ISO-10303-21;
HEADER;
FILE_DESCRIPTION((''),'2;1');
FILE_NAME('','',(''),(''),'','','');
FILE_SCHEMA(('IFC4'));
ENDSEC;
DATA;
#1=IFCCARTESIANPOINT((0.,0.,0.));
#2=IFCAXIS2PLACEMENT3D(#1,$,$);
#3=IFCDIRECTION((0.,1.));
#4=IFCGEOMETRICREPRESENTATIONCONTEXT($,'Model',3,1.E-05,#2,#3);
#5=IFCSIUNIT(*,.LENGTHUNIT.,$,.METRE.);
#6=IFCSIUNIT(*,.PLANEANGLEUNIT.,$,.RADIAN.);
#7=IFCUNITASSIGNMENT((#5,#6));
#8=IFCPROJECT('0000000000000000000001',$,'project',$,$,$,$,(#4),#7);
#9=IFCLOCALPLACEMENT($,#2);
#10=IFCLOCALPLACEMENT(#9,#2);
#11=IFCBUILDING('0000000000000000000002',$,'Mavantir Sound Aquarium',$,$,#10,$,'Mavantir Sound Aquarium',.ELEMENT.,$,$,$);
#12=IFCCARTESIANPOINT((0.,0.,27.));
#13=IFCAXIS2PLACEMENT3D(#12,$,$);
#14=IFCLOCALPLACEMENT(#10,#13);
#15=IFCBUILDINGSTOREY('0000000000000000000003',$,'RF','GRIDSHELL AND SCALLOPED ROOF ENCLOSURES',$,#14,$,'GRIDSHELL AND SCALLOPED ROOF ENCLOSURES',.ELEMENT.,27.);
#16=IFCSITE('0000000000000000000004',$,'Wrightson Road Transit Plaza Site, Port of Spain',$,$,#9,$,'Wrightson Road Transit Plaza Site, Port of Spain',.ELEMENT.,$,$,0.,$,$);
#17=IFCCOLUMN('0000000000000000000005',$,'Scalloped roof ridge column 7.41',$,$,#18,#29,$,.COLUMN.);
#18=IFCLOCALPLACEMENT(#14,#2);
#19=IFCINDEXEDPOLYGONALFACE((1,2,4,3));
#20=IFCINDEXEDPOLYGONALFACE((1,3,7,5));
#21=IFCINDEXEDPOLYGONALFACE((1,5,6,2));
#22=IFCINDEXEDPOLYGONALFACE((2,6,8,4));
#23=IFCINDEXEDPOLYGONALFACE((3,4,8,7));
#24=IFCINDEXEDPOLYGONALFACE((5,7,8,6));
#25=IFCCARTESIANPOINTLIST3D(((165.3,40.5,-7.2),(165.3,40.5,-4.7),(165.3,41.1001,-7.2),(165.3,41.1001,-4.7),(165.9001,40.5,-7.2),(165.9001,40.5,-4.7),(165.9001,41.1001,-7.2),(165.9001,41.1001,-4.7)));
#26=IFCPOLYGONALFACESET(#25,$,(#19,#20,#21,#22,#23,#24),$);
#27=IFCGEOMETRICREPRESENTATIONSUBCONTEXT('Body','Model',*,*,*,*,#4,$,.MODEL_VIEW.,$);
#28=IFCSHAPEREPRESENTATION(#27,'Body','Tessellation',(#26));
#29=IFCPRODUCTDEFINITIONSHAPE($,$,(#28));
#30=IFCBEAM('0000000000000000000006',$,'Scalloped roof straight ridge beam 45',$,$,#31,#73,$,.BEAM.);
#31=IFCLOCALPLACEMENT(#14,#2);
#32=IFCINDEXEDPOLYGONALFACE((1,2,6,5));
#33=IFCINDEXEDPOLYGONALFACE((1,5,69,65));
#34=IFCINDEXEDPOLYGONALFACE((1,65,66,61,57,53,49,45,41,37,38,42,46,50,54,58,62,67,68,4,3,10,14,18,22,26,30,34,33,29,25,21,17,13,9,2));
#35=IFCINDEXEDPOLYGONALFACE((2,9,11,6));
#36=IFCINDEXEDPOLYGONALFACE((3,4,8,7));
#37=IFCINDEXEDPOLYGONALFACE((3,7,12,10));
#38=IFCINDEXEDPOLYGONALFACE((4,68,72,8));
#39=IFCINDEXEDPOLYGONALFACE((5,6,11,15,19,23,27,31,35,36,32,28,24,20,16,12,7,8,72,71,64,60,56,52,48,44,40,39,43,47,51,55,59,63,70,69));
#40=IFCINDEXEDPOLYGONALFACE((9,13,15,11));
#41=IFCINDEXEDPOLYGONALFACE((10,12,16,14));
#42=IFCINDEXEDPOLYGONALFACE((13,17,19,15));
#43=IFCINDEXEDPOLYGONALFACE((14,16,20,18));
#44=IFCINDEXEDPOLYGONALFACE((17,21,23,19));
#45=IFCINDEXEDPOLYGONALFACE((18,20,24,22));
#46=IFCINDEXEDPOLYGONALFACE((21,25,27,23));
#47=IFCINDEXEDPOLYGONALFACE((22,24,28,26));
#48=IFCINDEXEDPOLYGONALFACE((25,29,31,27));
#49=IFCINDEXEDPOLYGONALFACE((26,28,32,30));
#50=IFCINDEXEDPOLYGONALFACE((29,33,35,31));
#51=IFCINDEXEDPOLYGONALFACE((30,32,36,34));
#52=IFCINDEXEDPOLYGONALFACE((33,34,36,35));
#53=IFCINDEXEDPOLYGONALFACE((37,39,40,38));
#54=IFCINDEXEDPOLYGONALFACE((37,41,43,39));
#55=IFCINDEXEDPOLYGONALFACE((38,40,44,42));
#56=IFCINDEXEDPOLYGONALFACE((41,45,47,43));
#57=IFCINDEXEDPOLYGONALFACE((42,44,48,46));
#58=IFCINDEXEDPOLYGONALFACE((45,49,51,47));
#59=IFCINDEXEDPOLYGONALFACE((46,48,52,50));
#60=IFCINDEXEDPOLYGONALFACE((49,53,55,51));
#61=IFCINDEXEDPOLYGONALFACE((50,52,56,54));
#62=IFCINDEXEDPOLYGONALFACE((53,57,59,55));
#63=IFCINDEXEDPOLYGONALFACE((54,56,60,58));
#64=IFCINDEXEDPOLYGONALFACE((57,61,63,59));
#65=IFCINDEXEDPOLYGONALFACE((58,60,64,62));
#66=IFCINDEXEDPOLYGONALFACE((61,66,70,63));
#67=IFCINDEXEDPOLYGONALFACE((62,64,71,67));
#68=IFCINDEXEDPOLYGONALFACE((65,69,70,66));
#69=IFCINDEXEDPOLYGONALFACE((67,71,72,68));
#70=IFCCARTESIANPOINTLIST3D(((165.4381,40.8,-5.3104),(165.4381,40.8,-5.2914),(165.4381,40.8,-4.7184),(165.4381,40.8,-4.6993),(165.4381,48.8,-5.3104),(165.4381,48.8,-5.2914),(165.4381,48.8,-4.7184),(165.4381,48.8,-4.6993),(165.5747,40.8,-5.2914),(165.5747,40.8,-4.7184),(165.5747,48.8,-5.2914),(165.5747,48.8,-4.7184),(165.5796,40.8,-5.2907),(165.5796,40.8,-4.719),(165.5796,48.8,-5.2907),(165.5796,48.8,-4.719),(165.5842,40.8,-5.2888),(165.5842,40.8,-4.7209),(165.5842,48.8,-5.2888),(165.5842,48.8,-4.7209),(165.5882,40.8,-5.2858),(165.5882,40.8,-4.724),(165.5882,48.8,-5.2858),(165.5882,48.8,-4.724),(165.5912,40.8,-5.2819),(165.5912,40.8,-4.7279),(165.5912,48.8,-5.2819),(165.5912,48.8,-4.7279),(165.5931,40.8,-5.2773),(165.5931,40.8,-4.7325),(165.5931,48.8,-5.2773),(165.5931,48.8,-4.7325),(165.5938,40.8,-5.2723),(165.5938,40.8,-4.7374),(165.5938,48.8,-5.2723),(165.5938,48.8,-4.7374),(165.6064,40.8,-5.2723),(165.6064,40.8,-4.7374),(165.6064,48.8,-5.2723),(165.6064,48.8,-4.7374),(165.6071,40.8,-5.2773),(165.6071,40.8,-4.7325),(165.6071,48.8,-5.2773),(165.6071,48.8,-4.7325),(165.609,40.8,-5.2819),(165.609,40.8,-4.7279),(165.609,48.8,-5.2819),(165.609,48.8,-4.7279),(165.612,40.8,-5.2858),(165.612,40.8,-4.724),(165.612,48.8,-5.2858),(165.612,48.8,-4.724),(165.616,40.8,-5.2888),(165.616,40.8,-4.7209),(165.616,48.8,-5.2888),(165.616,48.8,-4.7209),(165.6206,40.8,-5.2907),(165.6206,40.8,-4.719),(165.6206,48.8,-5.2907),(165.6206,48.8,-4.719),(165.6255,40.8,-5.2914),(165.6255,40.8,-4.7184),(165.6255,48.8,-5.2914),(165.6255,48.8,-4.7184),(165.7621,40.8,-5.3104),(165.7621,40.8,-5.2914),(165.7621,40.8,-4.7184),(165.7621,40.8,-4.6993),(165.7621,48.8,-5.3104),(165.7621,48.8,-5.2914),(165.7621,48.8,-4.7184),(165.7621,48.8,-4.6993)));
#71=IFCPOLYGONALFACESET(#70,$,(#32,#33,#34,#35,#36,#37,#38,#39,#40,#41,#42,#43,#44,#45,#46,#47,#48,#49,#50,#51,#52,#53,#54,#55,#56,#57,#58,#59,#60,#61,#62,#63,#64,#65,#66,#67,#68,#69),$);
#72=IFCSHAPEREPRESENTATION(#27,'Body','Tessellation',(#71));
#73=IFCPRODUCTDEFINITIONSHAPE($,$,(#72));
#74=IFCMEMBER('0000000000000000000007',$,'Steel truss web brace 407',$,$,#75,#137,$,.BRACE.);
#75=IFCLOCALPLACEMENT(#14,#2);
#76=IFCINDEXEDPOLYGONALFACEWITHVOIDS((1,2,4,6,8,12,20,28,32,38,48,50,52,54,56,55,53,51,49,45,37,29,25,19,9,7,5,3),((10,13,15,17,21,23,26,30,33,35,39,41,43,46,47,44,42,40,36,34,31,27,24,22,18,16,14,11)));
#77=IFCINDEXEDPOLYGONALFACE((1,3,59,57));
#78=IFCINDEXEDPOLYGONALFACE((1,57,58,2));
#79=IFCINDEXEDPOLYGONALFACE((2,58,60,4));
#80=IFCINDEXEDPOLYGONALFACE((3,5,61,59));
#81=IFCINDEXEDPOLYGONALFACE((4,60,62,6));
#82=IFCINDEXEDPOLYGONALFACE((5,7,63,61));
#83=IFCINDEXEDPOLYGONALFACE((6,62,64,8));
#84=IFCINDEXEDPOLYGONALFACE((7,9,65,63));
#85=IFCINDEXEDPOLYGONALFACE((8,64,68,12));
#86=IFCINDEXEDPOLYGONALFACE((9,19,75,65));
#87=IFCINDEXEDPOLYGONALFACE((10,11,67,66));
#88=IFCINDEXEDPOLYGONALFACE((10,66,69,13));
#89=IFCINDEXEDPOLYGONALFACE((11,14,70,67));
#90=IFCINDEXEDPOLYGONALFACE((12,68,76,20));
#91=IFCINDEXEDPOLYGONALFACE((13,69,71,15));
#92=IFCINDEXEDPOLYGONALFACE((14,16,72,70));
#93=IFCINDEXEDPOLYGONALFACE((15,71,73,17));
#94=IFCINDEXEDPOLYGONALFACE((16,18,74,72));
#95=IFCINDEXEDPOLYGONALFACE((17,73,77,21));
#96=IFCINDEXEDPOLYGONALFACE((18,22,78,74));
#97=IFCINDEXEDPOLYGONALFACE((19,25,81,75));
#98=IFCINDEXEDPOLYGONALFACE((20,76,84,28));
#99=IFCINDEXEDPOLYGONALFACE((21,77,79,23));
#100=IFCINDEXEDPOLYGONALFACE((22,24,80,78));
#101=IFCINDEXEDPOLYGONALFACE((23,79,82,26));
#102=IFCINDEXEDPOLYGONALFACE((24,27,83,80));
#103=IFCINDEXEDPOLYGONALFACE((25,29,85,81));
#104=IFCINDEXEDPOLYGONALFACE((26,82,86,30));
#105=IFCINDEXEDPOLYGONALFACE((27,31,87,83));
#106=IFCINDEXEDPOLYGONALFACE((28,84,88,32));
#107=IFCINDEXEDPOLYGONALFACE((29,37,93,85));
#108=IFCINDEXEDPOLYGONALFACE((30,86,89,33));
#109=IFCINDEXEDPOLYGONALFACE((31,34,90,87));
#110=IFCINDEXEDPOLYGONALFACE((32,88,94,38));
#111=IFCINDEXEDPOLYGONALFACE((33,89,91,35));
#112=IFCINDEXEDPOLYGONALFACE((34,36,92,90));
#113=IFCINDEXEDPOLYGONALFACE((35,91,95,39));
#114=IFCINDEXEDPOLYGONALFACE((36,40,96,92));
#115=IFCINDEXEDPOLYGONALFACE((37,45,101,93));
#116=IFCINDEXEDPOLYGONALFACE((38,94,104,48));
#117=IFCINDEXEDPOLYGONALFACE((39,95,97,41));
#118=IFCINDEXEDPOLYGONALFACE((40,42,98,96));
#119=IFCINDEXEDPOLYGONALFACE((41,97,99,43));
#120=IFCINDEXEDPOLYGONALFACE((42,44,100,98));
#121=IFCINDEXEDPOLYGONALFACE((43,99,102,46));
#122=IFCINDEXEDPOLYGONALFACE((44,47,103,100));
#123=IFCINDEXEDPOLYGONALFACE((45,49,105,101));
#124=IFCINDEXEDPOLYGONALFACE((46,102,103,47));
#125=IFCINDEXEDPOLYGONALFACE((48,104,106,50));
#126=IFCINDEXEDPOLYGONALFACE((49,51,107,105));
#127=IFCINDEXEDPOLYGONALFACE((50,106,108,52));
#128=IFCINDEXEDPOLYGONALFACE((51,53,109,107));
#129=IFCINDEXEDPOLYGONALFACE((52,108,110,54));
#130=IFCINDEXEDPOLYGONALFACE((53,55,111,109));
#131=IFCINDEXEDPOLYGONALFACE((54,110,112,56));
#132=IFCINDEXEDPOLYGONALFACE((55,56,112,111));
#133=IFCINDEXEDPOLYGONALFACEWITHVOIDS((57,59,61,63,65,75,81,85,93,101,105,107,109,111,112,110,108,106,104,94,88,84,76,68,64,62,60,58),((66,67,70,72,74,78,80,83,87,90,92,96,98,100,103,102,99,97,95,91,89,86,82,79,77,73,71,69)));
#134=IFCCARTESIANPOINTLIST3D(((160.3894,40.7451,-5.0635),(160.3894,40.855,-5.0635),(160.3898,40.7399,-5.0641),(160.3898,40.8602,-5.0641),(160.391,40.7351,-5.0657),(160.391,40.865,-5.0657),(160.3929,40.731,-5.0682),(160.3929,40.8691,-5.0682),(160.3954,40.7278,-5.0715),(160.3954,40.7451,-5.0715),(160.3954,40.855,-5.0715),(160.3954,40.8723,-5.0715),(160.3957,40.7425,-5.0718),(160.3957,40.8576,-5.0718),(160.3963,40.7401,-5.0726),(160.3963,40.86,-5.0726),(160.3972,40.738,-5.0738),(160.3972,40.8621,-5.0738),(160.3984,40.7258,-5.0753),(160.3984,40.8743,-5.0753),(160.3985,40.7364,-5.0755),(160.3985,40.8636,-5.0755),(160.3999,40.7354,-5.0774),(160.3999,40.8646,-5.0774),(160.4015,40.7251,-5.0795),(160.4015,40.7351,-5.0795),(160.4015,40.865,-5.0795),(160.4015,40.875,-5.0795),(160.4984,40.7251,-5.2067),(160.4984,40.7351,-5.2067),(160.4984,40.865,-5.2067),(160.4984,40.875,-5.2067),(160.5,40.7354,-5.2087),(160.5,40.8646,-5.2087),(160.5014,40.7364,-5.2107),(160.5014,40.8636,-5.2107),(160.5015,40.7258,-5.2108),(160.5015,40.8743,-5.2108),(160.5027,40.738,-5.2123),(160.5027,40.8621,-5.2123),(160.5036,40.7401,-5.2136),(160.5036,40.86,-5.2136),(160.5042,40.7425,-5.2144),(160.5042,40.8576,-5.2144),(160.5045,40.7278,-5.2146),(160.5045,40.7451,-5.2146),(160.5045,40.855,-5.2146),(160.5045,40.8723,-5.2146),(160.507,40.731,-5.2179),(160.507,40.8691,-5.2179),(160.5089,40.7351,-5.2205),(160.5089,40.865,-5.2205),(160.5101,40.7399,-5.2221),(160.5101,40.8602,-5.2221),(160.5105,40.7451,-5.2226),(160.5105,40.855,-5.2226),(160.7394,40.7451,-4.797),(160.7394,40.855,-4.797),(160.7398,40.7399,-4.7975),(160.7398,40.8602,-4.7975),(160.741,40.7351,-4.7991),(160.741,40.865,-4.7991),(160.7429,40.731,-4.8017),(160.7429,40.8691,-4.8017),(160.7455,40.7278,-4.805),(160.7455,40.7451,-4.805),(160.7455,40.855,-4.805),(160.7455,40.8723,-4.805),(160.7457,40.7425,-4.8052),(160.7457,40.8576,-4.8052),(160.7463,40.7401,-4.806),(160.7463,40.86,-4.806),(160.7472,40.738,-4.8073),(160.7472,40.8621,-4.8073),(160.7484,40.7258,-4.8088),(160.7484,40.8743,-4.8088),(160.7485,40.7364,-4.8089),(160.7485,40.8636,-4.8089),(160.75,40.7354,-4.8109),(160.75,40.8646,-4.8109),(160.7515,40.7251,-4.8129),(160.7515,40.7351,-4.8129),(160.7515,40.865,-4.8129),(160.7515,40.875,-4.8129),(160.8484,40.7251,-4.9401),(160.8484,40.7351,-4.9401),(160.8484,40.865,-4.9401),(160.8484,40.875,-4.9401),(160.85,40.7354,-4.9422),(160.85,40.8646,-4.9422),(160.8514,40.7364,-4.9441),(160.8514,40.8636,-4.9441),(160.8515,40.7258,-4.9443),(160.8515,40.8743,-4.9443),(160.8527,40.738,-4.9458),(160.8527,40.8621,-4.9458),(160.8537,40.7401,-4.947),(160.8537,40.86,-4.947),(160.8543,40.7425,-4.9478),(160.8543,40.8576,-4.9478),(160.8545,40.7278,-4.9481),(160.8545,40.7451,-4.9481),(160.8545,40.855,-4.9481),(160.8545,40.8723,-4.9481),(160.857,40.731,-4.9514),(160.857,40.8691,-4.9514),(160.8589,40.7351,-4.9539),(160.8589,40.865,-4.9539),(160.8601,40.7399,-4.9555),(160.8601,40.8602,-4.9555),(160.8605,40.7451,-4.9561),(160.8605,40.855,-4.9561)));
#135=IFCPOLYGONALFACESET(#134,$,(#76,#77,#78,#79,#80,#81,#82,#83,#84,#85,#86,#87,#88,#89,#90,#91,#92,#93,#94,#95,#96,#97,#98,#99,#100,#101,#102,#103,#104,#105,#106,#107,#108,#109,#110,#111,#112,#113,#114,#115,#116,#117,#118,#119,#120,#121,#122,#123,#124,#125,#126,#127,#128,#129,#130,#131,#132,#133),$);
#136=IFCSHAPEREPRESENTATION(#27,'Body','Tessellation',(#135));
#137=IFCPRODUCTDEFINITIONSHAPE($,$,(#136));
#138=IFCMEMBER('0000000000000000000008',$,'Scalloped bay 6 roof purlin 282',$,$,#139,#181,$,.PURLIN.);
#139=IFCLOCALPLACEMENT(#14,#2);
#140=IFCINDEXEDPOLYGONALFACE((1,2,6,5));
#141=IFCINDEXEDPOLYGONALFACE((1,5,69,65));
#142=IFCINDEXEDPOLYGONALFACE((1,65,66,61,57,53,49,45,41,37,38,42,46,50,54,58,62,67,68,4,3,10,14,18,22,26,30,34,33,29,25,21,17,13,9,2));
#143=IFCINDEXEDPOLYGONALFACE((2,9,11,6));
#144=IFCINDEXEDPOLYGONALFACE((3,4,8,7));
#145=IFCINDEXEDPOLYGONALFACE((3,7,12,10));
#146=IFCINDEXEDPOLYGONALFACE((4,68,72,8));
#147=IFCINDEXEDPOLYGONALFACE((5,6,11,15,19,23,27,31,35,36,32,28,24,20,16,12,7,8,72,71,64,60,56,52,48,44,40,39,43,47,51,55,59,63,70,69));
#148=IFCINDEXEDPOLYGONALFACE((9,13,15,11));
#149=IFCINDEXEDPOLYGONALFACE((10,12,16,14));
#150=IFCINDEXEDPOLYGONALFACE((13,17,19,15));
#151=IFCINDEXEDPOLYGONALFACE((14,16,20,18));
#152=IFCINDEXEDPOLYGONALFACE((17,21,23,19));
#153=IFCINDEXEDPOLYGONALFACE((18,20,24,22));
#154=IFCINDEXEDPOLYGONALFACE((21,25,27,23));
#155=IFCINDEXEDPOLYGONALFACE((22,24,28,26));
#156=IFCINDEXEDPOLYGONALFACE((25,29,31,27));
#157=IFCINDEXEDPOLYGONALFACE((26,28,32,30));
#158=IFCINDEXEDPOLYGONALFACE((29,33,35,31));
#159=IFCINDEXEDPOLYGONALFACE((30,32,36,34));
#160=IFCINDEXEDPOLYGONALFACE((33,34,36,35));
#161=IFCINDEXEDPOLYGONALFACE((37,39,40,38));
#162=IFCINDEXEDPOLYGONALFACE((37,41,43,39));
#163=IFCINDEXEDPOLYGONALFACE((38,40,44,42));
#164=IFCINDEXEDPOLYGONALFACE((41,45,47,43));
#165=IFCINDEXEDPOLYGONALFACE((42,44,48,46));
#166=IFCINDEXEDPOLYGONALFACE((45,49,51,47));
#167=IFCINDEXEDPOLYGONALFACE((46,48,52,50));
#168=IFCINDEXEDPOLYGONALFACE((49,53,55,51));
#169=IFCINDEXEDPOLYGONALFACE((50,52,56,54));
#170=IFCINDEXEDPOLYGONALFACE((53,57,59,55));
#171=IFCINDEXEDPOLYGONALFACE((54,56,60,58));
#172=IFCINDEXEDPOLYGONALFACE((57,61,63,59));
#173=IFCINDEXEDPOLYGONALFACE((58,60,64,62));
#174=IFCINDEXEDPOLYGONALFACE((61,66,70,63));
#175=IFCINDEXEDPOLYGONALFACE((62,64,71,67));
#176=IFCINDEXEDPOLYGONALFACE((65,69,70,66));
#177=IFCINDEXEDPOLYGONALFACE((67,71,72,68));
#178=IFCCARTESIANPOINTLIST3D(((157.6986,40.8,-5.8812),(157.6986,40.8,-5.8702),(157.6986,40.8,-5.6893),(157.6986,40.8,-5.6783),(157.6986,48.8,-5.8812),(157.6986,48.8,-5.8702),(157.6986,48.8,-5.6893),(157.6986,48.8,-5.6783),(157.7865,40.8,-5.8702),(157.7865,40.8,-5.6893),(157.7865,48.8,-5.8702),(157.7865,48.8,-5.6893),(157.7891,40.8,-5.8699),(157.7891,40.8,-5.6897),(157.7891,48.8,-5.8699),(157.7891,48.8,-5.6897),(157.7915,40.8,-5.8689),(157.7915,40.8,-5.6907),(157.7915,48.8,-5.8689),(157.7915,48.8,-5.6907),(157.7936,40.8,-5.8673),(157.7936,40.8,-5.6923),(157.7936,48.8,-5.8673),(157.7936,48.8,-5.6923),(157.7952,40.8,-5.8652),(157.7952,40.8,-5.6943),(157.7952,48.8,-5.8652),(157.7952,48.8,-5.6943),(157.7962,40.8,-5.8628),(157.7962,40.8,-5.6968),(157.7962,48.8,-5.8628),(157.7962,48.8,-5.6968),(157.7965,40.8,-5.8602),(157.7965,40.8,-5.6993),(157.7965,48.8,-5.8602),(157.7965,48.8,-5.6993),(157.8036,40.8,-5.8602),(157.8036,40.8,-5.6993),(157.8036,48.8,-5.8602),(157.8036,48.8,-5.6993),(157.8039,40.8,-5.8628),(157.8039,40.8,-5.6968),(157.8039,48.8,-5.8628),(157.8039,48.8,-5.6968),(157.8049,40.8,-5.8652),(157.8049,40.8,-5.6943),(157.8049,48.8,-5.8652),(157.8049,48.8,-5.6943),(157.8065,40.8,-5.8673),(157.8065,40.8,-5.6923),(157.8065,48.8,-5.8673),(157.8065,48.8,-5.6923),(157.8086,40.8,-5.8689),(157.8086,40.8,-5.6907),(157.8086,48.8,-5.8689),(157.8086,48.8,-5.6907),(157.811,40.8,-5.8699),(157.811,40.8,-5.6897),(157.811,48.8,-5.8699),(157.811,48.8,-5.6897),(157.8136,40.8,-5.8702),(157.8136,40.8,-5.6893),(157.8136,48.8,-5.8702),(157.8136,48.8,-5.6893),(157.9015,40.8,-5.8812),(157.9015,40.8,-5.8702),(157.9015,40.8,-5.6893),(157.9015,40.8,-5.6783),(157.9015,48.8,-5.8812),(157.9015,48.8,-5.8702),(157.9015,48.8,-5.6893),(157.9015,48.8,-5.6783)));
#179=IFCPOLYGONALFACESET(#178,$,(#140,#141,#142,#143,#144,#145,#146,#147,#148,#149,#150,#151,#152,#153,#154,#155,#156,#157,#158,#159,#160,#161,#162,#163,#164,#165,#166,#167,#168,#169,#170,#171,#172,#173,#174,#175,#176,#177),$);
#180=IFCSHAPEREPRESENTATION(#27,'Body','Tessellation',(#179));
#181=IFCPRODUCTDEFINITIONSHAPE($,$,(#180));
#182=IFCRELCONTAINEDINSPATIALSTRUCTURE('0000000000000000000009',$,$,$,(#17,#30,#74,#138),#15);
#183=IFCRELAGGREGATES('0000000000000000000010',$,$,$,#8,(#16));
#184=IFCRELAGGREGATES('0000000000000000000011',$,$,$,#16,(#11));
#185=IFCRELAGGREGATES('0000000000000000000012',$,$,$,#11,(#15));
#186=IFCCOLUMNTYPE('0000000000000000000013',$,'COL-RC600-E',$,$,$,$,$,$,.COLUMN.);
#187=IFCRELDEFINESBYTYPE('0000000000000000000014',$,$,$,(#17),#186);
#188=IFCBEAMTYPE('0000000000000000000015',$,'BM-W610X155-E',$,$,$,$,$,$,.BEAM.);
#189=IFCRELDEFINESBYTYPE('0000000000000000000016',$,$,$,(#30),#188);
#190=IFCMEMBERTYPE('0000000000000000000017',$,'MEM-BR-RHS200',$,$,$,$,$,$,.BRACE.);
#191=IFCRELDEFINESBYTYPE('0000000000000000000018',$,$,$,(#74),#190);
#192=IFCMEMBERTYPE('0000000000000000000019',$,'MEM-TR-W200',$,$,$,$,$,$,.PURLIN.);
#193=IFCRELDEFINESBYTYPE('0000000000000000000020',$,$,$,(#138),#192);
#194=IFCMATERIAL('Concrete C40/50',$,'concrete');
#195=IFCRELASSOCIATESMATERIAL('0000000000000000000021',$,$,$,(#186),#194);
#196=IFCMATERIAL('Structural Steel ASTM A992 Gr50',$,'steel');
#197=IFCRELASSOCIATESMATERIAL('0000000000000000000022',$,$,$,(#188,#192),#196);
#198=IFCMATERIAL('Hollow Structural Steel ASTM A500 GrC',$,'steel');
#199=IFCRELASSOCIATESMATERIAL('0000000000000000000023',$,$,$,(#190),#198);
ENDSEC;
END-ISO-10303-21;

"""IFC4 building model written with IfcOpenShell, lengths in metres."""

from ifc_helpers import new_model, si_unit, direction, frame, origin, origin_2d, place, context, subcontext, project, spatial, rectangle, hollow_rectangle, i_section, extrude, material, material_profile, profile_set, type_object, element, save


model = new_model("IFC4")

# Units and contexts
model_context = context("Model", 3, precision=1e-05, world=origin(), true_north=direction((0.0, 1.0)))
body_context = subcontext(model_context, "Body", "Model", "MODEL_VIEW")
ifc_project = project(units=[si_unit("LENGTHUNIT", "METRE"), si_unit("PLANEANGLEUNIT", "RADIAN")], contexts=[model_context])

# Site, building, storey
site_placement = place(None, origin())
site = spatial("IfcSite", under=ifc_project, at=site_placement, Name="Wrightson Road Transit Plaza Site, Port of Spain", LongName="Wrightson Road Transit Plaza Site, Port of Spain", CompositionType="ELEMENT", RefElevation=0.0)
building_placement = place(site_placement, origin())
building = spatial("IfcBuilding", under=site, at=building_placement, Name="Mavantir Sound Aquarium", LongName="Mavantir Sound Aquarium", CompositionType="ELEMENT")
storey_placement = place(building_placement, frame((0.0, 0.0, 27.0)))
storey = spatial("IfcBuildingStorey", under=building, at=storey_placement, Name="RF", Description="GRIDSHELL AND SCALLOPED ROOF ENCLOSURES", LongName="GRIDSHELL AND SCALLOPED ROOF ENCLOSURES", CompositionType="ELEMENT", Elevation=27.0)

# Column
ifc_material_1 = material(Name="Concrete C40/50", Category="concrete")
ifc_material_profile_1 = material_profile(ifc_material_1, rectangle(XDim=0.6001, YDim=0.6001, at=origin_2d()), Name="RC 600X600")
ifc_profile_set_1 = profile_set([ifc_material_profile_1], Name="Concrete C40/50")
column_type = type_object("IfcColumnType", Name="COL-RC600-E", PredefinedType="COLUMN", material=ifc_profile_set_1)
column_placement = place(storey_placement, frame((165.6001, 40.8, -7.2), z_axis=(0.0, 0.0, 1.0), x_axis=(1.0, 0.0, 0.0)))
element("IfcColumn", 1, at=column_placement, inside=storey, type_object=column_type, Name="Scalloped roof ridge column 7.41", PredefinedType="COLUMN", context=body_context, shape_type="SweptSolid", body=[
    extrude(rectangle(XDim=0.6001, YDim=0.6001, at=origin_2d()), origin(), (0.0, 0.0, 1.0), 2.5),
])

# Beam
ifc_material_2 = material(Name="Structural Steel ASTM A992 Gr50", Category="steel")
ifc_material_profile_2 = material_profile(ifc_material_2, i_section(OverallWidth=0.324, OverallDepth=0.6111, WebThickness=0.0127, FlangeThickness=0.019, FilletRadius=0.019, at=origin_2d()), Name="W610X155")
ifc_profile_set_2 = profile_set([ifc_material_profile_2], Name="Structural Steel ASTM A992 Gr50")
beam_type = type_object("IfcBeamType", Name="BM-W610X155-E", PredefinedType="BEAM", material=ifc_profile_set_2)
beam_placement = place(storey_placement, frame((165.6001, 40.8, -5.0049), z_axis=(0.0, 1.0, 0.0), x_axis=(-1.0, 0.0, 0.0)))
element("IfcBeam", 2, at=beam_placement, inside=storey, type_object=beam_type, Name="Scalloped roof straight ridge beam 45", PredefinedType="BEAM", context=body_context, shape_type="SweptSolid", body=[
    extrude(i_section(OverallWidth=0.324, OverallDepth=0.6111, WebThickness=0.0127, FlangeThickness=0.019, FilletRadius=0.019, at=origin_2d()), origin(), (0.0, 0.0, 1.0), 8.0),
])

# Members
ifc_material_3 = material(Name="Hollow Structural Steel ASTM A500 GrC", Category="steel")
ifc_material_profile_3 = material_profile(ifc_material_3, hollow_rectangle(XDim=0.1499, YDim=0.2, WallThickness=0.01, InnerFilletRadius=0.01, OuterFilletRadius=0.02, at=origin_2d()), Name="RHS 200X150X10")
ifc_profile_set_3 = profile_set([ifc_material_profile_3], Name="Hollow Structural Steel ASTM A500 GrC")
member_type_1 = type_object("IfcMemberType", Name="MEM-BR-RHS200", PredefinedType="BRACE", material=ifc_profile_set_3)
member_1_placement = place(storey_placement, frame((160.45, 40.8, -5.1431), z_axis=(0.795585, 0.0, 0.605843), x_axis=(0.0, 1.0, 0.0)))
element("IfcMember", 3, at=member_1_placement, inside=storey, type_object=member_type_1, Name="Steel truss web brace 407", PredefinedType="BRACE", context=body_context, shape_type="SweptSolid", body=[
    extrude(hollow_rectangle(XDim=0.1499, YDim=0.2, WallThickness=0.01, InnerFilletRadius=0.01, OuterFilletRadius=0.02, at=origin_2d()), origin(), (0.0, 0.0, 1.0), 0.4399),
])
ifc_material_profile_4 = material_profile(ifc_material_2, i_section(OverallWidth=0.2029, OverallDepth=0.2029, WebThickness=0.0071, FlangeThickness=0.011, FilletRadius=0.01, at=origin_2d()), Name="W200X46")
ifc_profile_set_4 = profile_set([ifc_material_profile_4], Name="Structural Steel ASTM A992 Gr50")
member_type_2 = type_object("IfcMemberType", Name="MEM-TR-W200", PredefinedType="PURLIN", material=ifc_profile_set_4)
for number, where, z_axis, x_axis, name in (
    (4, (157.8, 40.8, -5.7798), (0.0, 1.0, 0.0), (-1.0, 0.0, 0.0), "Scalloped bay 6 roof purlin 282"),
):
    element("IfcMember", number, at=place(storey_placement, frame(where, z_axis=z_axis, x_axis=x_axis)), inside=storey, type_object=member_type_2, Name=name, PredefinedType="PURLIN", context=body_context, shape_type="SweptSolid", body=[
        extrude(i_section(OverallWidth=0.2029, OverallDepth=0.2029, WebThickness=0.0071, FlangeThickness=0.011, FilletRadius=0.01, at=origin_2d()), origin(), (0.0, 0.0, 1.0), 8.0),
    ])

save(model, "model.ifc")
